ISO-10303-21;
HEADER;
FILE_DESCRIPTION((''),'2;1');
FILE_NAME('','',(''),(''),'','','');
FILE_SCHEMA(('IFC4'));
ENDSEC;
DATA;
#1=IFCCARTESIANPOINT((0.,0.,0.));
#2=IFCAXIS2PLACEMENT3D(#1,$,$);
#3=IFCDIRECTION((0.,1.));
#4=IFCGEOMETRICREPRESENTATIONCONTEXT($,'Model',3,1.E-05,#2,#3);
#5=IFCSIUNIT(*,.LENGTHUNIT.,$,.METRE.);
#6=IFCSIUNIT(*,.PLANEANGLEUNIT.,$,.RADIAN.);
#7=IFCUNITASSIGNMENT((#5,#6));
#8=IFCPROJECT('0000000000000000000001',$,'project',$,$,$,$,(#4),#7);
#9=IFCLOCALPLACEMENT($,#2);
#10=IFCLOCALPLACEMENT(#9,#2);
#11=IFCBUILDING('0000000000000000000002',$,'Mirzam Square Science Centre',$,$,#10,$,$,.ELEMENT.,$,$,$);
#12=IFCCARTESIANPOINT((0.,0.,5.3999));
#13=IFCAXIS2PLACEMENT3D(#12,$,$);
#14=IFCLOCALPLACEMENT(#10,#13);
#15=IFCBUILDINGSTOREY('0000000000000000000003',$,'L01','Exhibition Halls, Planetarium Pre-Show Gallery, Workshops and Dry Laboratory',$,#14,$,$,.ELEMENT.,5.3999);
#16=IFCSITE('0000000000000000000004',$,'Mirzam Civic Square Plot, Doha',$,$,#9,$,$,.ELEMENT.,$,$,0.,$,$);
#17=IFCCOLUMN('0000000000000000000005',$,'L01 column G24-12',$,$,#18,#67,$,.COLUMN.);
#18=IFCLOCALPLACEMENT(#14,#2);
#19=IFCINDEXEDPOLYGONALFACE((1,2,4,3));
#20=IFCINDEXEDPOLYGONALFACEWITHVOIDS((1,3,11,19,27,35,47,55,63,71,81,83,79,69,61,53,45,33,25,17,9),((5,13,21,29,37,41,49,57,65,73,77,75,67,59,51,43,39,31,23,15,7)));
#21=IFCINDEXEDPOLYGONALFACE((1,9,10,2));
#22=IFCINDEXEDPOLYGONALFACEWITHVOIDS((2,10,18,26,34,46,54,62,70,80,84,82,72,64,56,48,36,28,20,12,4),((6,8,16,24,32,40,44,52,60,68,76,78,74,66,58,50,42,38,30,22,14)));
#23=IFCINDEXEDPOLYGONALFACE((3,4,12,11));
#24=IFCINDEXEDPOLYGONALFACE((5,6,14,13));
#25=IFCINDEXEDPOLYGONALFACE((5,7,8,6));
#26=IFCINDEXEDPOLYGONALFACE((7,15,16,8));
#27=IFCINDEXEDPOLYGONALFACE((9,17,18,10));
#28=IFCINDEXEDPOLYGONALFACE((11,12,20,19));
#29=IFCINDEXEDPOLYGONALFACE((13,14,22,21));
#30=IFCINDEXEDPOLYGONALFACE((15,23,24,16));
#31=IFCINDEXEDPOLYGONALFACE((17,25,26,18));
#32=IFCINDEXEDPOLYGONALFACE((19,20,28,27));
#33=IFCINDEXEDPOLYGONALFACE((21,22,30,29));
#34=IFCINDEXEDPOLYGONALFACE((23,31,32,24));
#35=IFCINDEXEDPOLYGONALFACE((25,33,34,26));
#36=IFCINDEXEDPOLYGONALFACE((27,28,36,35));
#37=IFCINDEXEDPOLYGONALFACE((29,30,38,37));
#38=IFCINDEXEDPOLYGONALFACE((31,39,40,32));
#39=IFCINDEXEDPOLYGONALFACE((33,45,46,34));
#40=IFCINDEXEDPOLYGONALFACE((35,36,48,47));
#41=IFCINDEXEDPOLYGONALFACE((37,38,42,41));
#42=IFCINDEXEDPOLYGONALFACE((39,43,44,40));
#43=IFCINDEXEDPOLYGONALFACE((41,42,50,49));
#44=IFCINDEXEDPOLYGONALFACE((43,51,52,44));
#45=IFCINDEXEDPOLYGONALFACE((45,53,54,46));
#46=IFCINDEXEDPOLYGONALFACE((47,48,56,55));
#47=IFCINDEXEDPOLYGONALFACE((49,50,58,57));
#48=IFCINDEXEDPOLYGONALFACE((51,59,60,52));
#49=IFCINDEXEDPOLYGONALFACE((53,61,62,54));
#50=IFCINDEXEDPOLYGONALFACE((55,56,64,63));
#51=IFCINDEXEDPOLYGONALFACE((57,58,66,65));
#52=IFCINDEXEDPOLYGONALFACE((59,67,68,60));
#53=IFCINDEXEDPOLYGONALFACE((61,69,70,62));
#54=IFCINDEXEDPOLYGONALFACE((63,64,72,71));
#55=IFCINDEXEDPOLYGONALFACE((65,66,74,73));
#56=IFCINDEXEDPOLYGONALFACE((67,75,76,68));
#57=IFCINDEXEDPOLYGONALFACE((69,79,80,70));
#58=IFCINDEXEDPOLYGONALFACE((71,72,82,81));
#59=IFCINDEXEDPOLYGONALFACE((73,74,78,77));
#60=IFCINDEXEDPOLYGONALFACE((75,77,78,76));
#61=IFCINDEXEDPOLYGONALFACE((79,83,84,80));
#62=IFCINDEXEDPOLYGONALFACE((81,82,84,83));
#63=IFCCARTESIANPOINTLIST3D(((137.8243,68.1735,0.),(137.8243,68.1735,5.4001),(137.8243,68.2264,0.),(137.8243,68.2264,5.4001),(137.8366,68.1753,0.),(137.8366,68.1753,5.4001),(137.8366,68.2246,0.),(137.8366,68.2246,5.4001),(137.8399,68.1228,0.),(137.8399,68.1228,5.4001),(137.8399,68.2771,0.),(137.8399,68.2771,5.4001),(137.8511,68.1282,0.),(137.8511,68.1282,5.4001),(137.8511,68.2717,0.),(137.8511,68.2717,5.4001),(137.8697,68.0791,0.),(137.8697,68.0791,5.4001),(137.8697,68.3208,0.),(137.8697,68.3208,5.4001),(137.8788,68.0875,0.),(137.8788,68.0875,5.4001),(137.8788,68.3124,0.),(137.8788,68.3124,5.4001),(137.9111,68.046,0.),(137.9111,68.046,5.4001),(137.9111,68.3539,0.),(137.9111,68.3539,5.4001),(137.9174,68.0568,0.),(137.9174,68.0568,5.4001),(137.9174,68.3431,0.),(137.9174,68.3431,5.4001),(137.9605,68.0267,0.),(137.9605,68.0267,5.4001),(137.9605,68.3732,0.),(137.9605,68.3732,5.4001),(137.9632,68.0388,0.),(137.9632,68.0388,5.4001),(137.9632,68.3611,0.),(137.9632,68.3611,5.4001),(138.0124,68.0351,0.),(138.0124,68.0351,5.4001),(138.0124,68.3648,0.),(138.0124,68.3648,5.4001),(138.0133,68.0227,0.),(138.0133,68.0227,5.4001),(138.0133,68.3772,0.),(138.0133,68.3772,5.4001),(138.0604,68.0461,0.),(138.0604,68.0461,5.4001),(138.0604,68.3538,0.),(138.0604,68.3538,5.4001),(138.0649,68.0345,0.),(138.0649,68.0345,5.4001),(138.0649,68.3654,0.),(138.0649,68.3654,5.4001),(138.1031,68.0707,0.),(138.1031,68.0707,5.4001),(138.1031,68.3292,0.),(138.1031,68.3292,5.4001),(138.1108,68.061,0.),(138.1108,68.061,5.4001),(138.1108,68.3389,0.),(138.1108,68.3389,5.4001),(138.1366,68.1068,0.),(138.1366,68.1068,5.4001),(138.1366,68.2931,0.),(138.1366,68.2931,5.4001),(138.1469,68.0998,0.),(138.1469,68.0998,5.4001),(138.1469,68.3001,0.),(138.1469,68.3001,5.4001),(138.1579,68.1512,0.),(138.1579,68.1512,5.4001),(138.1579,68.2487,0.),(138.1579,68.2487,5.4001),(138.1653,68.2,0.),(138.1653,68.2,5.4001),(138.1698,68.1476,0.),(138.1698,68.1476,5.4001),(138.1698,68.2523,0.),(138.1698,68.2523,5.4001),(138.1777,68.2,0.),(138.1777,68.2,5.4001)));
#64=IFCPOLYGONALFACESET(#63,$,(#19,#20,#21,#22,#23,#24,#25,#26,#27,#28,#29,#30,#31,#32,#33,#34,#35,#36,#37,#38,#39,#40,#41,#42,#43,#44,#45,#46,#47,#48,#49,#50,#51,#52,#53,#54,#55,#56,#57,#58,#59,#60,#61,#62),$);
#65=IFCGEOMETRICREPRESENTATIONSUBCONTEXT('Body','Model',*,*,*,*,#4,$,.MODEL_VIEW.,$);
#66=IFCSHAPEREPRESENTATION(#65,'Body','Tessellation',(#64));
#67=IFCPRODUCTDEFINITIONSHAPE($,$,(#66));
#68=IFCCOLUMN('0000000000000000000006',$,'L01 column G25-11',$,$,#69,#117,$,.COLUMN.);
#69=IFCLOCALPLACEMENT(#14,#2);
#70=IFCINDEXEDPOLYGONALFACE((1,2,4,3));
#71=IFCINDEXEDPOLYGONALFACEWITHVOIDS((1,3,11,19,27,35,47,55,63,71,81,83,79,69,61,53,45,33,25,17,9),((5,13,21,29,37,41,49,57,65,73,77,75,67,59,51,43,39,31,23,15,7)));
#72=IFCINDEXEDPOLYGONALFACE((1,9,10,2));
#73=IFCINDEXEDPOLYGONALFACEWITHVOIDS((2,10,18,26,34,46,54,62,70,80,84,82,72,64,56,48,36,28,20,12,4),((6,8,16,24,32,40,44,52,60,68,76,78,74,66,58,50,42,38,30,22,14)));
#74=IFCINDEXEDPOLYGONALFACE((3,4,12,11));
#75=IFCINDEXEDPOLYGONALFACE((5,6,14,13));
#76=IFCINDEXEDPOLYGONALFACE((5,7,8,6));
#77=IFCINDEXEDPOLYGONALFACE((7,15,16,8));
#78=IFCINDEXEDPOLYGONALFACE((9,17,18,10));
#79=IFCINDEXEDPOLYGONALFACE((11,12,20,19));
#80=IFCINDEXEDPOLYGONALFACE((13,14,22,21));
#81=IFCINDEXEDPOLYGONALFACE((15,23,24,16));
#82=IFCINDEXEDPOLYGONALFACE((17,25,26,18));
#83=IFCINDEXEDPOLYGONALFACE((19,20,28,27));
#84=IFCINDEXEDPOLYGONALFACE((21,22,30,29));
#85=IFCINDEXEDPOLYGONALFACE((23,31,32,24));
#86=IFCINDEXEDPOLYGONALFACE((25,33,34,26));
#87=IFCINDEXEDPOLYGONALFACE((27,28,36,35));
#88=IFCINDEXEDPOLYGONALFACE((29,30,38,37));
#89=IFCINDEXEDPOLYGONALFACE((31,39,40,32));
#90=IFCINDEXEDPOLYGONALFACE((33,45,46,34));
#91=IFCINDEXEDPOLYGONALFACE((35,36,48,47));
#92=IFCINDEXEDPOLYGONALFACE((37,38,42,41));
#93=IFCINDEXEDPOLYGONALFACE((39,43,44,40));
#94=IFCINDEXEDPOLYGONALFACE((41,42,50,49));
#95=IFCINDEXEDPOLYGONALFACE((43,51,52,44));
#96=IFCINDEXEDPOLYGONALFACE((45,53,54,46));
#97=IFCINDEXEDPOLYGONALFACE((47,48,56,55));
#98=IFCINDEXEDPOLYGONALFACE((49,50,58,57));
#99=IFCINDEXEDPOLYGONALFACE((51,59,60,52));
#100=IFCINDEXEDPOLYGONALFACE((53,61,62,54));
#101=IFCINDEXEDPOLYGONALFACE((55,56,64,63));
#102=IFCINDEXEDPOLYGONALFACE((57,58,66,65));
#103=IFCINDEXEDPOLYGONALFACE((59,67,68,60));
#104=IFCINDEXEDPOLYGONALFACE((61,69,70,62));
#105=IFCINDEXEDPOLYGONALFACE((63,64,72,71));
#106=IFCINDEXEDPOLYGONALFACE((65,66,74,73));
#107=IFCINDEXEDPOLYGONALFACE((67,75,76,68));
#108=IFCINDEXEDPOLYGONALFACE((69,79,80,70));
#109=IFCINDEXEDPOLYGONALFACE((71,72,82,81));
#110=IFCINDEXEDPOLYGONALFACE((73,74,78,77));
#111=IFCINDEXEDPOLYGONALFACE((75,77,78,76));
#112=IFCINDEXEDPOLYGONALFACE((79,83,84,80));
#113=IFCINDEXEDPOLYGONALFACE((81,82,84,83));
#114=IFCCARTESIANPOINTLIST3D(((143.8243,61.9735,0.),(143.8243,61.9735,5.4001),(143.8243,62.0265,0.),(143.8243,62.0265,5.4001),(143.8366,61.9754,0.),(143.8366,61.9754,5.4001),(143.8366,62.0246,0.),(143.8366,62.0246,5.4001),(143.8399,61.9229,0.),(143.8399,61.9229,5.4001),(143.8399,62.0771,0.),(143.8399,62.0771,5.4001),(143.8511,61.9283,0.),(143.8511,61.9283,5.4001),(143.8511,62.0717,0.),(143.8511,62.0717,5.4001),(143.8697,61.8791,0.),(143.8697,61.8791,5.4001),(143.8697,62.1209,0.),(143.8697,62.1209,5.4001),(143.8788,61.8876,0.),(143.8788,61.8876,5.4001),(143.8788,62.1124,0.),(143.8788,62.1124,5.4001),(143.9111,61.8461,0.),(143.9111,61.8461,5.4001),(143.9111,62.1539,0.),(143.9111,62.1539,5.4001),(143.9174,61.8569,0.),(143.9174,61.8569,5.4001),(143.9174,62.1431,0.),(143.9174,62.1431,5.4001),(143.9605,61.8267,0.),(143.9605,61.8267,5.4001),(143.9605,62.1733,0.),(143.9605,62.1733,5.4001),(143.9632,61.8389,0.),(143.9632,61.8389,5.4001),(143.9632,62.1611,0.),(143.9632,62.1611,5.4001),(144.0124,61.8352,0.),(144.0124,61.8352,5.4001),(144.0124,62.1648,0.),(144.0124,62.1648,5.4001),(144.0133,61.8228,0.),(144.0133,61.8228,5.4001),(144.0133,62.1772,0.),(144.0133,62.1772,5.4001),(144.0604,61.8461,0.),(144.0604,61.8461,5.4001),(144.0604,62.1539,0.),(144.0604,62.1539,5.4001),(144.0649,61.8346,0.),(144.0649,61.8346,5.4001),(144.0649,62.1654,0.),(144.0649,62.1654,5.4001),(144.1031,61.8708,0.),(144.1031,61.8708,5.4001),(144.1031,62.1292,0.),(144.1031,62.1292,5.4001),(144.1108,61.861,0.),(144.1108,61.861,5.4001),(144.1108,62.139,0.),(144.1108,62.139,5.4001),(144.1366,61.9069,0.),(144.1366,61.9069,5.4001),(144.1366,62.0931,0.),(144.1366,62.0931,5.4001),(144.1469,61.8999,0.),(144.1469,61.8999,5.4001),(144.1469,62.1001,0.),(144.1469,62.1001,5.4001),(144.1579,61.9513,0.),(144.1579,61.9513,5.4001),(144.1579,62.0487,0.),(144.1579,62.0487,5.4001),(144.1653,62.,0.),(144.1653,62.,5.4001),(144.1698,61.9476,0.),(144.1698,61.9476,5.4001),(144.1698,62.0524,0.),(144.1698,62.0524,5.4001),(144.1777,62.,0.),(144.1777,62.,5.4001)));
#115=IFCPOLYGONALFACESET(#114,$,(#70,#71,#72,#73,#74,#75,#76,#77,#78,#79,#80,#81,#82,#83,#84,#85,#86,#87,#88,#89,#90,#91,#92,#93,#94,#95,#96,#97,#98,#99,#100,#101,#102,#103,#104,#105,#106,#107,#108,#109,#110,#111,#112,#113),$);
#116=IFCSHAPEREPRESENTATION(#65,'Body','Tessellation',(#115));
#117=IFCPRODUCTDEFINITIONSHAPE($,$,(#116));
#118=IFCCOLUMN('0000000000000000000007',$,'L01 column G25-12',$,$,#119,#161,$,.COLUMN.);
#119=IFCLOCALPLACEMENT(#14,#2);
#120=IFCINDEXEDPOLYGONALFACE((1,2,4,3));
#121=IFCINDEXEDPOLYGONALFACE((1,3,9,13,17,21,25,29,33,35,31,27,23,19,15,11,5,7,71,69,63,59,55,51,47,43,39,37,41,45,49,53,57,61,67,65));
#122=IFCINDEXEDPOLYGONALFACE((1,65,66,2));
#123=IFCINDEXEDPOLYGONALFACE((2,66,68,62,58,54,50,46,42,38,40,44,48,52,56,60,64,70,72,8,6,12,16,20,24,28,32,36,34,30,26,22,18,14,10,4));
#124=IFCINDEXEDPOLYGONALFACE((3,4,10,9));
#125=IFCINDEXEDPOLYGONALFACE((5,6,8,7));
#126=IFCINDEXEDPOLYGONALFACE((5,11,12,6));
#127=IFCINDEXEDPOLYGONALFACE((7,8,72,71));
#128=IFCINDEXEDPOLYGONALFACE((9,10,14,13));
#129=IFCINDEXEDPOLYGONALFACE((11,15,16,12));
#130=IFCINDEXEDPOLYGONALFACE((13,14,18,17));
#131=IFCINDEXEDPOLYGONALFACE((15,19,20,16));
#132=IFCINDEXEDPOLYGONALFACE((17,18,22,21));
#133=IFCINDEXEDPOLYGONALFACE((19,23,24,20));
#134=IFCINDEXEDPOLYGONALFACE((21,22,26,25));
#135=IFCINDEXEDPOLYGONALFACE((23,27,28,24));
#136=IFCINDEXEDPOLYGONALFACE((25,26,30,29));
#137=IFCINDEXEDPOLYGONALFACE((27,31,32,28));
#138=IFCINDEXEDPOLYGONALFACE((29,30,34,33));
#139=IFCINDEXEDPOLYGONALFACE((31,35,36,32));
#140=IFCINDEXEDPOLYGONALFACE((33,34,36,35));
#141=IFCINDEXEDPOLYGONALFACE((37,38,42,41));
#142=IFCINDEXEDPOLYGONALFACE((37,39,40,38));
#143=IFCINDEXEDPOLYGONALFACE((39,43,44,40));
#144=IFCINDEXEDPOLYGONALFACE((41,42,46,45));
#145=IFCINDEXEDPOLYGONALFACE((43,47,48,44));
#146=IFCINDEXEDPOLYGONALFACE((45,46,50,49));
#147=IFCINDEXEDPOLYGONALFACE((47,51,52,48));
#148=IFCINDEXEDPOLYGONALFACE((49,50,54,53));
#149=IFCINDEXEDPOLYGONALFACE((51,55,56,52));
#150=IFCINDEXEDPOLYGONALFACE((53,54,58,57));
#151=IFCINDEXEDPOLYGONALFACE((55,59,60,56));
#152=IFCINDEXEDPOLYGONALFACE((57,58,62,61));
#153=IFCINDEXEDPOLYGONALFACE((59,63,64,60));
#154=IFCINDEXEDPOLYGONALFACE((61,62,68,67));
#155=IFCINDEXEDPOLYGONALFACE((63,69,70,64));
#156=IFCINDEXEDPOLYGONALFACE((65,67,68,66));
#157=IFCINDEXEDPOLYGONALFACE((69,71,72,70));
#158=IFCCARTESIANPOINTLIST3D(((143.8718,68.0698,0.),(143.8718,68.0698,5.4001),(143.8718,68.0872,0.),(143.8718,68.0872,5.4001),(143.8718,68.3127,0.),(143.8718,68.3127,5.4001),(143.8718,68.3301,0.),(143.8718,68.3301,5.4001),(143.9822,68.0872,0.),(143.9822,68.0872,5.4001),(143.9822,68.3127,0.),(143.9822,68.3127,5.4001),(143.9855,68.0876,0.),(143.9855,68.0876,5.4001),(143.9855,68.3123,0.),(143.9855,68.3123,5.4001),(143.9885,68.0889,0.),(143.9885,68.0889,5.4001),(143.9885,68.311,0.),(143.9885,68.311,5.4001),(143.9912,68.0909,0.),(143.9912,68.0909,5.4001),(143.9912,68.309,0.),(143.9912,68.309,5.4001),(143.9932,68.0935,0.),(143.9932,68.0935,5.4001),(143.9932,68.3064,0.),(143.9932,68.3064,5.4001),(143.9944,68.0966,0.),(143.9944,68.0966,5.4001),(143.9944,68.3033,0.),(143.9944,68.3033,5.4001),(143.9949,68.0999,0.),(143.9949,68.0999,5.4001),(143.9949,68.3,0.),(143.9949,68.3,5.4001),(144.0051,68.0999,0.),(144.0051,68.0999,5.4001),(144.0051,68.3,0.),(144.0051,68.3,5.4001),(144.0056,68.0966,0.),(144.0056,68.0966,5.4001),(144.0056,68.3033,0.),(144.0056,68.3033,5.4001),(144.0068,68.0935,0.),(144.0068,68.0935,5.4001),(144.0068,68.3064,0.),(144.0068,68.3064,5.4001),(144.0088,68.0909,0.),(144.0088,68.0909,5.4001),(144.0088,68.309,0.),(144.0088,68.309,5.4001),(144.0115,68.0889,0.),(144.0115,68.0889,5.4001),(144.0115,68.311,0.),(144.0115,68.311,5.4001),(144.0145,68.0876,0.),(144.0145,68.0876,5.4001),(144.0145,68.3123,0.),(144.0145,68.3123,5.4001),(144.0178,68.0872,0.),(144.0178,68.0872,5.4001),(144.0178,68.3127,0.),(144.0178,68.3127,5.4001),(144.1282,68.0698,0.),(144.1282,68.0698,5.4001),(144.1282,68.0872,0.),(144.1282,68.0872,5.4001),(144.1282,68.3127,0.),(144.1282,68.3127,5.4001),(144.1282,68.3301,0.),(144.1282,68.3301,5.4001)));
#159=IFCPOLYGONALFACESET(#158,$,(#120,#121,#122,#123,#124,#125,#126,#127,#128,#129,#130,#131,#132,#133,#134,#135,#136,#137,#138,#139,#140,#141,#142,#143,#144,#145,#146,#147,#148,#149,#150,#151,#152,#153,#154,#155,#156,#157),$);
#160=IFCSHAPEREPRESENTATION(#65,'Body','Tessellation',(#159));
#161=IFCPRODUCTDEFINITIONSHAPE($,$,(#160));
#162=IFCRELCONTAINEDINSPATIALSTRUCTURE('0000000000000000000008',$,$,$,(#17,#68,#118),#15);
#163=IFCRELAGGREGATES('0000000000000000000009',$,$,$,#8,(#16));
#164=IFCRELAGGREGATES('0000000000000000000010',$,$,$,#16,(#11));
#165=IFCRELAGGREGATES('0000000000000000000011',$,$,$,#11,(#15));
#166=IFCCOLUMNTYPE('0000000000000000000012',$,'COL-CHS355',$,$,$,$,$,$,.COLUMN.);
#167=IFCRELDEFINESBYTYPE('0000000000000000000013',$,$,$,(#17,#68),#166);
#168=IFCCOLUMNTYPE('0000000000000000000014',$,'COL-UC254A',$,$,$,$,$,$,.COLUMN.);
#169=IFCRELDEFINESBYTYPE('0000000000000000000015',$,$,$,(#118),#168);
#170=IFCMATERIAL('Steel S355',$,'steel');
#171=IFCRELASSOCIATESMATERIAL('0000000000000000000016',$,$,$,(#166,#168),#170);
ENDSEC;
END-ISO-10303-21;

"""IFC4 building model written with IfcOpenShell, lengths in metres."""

from ifc_helpers import new_model, si_unit, direction, frame, origin, origin_2d, place, context, subcontext, project, spatial, hollow_circle, i_section, extrude, material, material_profile, profile_set, type_object, element, save


model = new_model("IFC4")

# Units and contexts
model_context = context("Model", 3, precision=1e-05, world=origin(), true_north=direction((0.0, 1.0)))
body_context = subcontext(model_context, "Body", "Model", "MODEL_VIEW")
ifc_project = project(units=[si_unit("LENGTHUNIT", "METRE"), si_unit("PLANEANGLEUNIT", "RADIAN")], contexts=[model_context])

# Site, building, storey
site_placement = place(None, origin())
site = spatial("IfcSite", under=ifc_project, at=site_placement, Name="Mirzam Civic Square Plot, Doha", CompositionType="ELEMENT", RefElevation=0.0)
building_placement = place(site_placement, origin())
building = spatial("IfcBuilding", under=site, at=building_placement, Name="Mirzam Square Science Centre", CompositionType="ELEMENT")
storey_placement = place(building_placement, frame((0.0, 0.0, 5.3999)))
storey = spatial("IfcBuildingStorey", under=building, at=storey_placement, Name="L01", Description="Exhibition Halls, Planetarium Pre-Show Gallery, Workshops and Dry Laboratory", CompositionType="ELEMENT", Elevation=5.3999)

# Columns
ifc_material = material(Name="Steel S355", Category="steel")
ifc_material_profile_1 = material_profile(ifc_material, hollow_circle(Radius=0.1777, WallThickness=0.0125, at=origin_2d()), Name="355.6x12.5CHS")
ifc_profile_set_1 = profile_set([ifc_material_profile_1], Name="Steel S355")
column_type_1 = type_object("IfcColumnType", Name="COL-CHS355", PredefinedType="COLUMN", material=ifc_profile_set_1)
for number, where, z_axis, x_axis, name in (
    (1, (138.0, 68.2, 0.0), (0.0, 0.0, 1.0), (1.0, 0.0, 0.0), "L01 column G24-12"),
    (2, (144.0, 62.0, 0.0), (0.0, 0.0, 1.0), (1.0, 0.0, 0.0), "L01 column G25-11"),
):
    element("IfcColumn", number, at=place(storey_placement, frame(where, z_axis=z_axis, x_axis=x_axis)), inside=storey, type_object=column_type_1, Name=name, PredefinedType="COLUMN", context=body_context, shape_type="SweptSolid", body=[
        extrude(hollow_circle(Radius=0.1777, WallThickness=0.0125, at=origin_2d()), origin(), (0.0, 0.0, 1.0), 5.4001),
    ])
ifc_material_profile_2 = material_profile(ifc_material, i_section(OverallWidth=0.2563, OverallDepth=0.2603, WebThickness=0.0103, FlangeThickness=0.0173, FilletRadius=0.0127, at=origin_2d()), Name="254x254x89UC")
ifc_profile_set_2 = profile_set([ifc_material_profile_2], Name="Steel S355")
column_type_2 = type_object("IfcColumnType", Name="COL-UC254A", PredefinedType="COLUMN", material=ifc_profile_set_2)
column_1_placement = place(storey_placement, frame((144.0, 68.2, 0.0), z_axis=(0.0, 0.0, 1.0), x_axis=(1.0, 0.0, 0.0)))
element("IfcColumn", 3, at=column_1_placement, inside=storey, type_object=column_type_2, Name="L01 column G25-12", PredefinedType="COLUMN", context=body_context, shape_type="SweptSolid", body=[
    extrude(i_section(OverallWidth=0.2563, OverallDepth=0.2603, WebThickness=0.0103, FlangeThickness=0.0173, FilletRadius=0.0127, at=origin_2d()), origin(), (0.0, 0.0, 1.0), 5.4001),
])

save(model, "model.ifc")
